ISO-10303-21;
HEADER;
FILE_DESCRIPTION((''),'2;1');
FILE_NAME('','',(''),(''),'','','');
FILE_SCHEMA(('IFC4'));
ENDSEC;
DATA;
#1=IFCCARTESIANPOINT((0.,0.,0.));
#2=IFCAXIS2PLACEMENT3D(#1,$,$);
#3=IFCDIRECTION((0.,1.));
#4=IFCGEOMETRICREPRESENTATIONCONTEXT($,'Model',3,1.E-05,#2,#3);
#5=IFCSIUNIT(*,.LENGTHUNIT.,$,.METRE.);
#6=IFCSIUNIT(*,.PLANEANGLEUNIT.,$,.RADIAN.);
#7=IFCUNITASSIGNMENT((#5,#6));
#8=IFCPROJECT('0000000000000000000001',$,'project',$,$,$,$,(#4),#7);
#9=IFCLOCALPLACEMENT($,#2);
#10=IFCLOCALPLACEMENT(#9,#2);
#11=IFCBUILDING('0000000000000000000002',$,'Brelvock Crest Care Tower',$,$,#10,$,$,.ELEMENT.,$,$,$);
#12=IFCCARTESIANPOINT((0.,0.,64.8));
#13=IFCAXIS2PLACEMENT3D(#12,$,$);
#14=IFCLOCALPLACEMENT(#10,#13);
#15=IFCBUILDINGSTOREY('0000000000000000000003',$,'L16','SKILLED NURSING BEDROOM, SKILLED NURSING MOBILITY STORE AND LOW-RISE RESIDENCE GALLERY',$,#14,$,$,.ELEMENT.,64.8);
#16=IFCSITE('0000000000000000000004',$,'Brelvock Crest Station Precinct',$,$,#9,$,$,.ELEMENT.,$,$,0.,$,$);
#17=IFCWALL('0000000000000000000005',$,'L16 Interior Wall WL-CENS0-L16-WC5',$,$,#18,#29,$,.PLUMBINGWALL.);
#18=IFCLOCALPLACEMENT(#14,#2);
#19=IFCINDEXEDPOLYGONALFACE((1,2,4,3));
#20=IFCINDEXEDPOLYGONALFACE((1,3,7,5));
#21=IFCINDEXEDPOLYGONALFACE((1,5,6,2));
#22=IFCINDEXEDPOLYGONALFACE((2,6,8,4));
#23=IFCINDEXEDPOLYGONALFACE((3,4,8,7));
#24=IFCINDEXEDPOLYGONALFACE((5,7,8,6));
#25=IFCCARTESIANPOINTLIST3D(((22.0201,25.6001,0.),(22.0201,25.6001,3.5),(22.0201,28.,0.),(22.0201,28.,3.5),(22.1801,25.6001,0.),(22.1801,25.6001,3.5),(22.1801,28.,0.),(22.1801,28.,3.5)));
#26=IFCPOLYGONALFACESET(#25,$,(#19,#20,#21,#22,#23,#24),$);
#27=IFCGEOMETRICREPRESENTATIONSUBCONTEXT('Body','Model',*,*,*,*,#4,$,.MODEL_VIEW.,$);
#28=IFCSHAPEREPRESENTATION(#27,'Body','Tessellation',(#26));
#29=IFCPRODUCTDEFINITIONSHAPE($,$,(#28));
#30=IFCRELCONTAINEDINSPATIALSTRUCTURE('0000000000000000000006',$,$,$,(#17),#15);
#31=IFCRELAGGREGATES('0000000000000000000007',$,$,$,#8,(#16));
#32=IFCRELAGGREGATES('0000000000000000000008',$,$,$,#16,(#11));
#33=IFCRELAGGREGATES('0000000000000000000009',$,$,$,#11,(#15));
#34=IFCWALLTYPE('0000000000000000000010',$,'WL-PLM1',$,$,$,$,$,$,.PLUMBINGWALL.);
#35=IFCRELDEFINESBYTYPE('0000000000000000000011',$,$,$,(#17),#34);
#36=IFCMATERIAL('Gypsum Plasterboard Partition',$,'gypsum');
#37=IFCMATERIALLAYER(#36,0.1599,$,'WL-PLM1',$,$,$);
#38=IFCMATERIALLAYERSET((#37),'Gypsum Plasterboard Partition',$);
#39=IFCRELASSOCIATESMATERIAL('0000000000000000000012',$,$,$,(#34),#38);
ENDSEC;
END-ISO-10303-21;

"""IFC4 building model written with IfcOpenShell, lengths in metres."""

from ifc_helpers import new_model, si_unit, direction, frame, frame_2d, origin, place, context, subcontext, project, spatial, rectangle, extrude, material, layer, layer_set, type_object, element, save


model = new_model("IFC4")

# Units and contexts
model_context = context("Model", 3, precision=1e-05, world=origin(), true_north=direction((0.0, 1.0)))
body_context = subcontext(model_context, "Body", "Model", "MODEL_VIEW")
ifc_project = project(units=[si_unit("LENGTHUNIT", "METRE"), si_unit("PLANEANGLEUNIT", "RADIAN")], contexts=[model_context])

# Site, building, storey
site_placement = place(None, origin())
site = spatial("IfcSite", under=ifc_project, at=site_placement, Name="Brelvock Crest Station Precinct", CompositionType="ELEMENT", RefElevation=0.0)
building_placement = place(site_placement, origin())
building = spatial("IfcBuilding", under=site, at=building_placement, Name="Brelvock Crest Care Tower", CompositionType="ELEMENT")
storey_placement = place(building_placement, frame((0.0, 0.0, 64.8)))
storey = spatial("IfcBuildingStorey", under=building, at=storey_placement, Name="L16", Description="SKILLED NURSING BEDROOM, SKILLED NURSING MOBILITY STORE AND LOW-RISE RESIDENCE GALLERY", CompositionType="ELEMENT", Elevation=64.8)

# Wall
ifc_material_1 = material(Name="Gypsum Plasterboard Partition", Category="gypsum")
ifc_layer_1 = layer(ifc_material_1, 0.1599, Name="WL-PLM1")
ifc_layer_set_1 = layer_set([ifc_layer_1], Name="Gypsum Plasterboard Partition")
wall_type_1 = type_object("IfcWallType", Name="WL-PLM1", PredefinedType="PLUMBINGWALL", material=ifc_layer_set_1)
wall_1_placement = place(storey_placement, frame((22.1001, 25.6001, 0.0), z_axis=(0.0, 0.0, 1.0), x_axis=(0.0, 1.0, 0.0)))
element("IfcWall", 1, at=wall_1_placement, inside=storey, type_object=wall_type_1, Name="L16 Interior Wall WL-CENS0-L16-WC5", PredefinedType="PLUMBINGWALL", context=body_context, shape_type="SweptSolid", body=[
    extrude(rectangle(XDim=2.3999, YDim=0.1599, at=frame_2d((1.2, 0.0))), origin(), (0.0, 0.0, 1.0), 3.5),
])

save(model, "model.ifc")
